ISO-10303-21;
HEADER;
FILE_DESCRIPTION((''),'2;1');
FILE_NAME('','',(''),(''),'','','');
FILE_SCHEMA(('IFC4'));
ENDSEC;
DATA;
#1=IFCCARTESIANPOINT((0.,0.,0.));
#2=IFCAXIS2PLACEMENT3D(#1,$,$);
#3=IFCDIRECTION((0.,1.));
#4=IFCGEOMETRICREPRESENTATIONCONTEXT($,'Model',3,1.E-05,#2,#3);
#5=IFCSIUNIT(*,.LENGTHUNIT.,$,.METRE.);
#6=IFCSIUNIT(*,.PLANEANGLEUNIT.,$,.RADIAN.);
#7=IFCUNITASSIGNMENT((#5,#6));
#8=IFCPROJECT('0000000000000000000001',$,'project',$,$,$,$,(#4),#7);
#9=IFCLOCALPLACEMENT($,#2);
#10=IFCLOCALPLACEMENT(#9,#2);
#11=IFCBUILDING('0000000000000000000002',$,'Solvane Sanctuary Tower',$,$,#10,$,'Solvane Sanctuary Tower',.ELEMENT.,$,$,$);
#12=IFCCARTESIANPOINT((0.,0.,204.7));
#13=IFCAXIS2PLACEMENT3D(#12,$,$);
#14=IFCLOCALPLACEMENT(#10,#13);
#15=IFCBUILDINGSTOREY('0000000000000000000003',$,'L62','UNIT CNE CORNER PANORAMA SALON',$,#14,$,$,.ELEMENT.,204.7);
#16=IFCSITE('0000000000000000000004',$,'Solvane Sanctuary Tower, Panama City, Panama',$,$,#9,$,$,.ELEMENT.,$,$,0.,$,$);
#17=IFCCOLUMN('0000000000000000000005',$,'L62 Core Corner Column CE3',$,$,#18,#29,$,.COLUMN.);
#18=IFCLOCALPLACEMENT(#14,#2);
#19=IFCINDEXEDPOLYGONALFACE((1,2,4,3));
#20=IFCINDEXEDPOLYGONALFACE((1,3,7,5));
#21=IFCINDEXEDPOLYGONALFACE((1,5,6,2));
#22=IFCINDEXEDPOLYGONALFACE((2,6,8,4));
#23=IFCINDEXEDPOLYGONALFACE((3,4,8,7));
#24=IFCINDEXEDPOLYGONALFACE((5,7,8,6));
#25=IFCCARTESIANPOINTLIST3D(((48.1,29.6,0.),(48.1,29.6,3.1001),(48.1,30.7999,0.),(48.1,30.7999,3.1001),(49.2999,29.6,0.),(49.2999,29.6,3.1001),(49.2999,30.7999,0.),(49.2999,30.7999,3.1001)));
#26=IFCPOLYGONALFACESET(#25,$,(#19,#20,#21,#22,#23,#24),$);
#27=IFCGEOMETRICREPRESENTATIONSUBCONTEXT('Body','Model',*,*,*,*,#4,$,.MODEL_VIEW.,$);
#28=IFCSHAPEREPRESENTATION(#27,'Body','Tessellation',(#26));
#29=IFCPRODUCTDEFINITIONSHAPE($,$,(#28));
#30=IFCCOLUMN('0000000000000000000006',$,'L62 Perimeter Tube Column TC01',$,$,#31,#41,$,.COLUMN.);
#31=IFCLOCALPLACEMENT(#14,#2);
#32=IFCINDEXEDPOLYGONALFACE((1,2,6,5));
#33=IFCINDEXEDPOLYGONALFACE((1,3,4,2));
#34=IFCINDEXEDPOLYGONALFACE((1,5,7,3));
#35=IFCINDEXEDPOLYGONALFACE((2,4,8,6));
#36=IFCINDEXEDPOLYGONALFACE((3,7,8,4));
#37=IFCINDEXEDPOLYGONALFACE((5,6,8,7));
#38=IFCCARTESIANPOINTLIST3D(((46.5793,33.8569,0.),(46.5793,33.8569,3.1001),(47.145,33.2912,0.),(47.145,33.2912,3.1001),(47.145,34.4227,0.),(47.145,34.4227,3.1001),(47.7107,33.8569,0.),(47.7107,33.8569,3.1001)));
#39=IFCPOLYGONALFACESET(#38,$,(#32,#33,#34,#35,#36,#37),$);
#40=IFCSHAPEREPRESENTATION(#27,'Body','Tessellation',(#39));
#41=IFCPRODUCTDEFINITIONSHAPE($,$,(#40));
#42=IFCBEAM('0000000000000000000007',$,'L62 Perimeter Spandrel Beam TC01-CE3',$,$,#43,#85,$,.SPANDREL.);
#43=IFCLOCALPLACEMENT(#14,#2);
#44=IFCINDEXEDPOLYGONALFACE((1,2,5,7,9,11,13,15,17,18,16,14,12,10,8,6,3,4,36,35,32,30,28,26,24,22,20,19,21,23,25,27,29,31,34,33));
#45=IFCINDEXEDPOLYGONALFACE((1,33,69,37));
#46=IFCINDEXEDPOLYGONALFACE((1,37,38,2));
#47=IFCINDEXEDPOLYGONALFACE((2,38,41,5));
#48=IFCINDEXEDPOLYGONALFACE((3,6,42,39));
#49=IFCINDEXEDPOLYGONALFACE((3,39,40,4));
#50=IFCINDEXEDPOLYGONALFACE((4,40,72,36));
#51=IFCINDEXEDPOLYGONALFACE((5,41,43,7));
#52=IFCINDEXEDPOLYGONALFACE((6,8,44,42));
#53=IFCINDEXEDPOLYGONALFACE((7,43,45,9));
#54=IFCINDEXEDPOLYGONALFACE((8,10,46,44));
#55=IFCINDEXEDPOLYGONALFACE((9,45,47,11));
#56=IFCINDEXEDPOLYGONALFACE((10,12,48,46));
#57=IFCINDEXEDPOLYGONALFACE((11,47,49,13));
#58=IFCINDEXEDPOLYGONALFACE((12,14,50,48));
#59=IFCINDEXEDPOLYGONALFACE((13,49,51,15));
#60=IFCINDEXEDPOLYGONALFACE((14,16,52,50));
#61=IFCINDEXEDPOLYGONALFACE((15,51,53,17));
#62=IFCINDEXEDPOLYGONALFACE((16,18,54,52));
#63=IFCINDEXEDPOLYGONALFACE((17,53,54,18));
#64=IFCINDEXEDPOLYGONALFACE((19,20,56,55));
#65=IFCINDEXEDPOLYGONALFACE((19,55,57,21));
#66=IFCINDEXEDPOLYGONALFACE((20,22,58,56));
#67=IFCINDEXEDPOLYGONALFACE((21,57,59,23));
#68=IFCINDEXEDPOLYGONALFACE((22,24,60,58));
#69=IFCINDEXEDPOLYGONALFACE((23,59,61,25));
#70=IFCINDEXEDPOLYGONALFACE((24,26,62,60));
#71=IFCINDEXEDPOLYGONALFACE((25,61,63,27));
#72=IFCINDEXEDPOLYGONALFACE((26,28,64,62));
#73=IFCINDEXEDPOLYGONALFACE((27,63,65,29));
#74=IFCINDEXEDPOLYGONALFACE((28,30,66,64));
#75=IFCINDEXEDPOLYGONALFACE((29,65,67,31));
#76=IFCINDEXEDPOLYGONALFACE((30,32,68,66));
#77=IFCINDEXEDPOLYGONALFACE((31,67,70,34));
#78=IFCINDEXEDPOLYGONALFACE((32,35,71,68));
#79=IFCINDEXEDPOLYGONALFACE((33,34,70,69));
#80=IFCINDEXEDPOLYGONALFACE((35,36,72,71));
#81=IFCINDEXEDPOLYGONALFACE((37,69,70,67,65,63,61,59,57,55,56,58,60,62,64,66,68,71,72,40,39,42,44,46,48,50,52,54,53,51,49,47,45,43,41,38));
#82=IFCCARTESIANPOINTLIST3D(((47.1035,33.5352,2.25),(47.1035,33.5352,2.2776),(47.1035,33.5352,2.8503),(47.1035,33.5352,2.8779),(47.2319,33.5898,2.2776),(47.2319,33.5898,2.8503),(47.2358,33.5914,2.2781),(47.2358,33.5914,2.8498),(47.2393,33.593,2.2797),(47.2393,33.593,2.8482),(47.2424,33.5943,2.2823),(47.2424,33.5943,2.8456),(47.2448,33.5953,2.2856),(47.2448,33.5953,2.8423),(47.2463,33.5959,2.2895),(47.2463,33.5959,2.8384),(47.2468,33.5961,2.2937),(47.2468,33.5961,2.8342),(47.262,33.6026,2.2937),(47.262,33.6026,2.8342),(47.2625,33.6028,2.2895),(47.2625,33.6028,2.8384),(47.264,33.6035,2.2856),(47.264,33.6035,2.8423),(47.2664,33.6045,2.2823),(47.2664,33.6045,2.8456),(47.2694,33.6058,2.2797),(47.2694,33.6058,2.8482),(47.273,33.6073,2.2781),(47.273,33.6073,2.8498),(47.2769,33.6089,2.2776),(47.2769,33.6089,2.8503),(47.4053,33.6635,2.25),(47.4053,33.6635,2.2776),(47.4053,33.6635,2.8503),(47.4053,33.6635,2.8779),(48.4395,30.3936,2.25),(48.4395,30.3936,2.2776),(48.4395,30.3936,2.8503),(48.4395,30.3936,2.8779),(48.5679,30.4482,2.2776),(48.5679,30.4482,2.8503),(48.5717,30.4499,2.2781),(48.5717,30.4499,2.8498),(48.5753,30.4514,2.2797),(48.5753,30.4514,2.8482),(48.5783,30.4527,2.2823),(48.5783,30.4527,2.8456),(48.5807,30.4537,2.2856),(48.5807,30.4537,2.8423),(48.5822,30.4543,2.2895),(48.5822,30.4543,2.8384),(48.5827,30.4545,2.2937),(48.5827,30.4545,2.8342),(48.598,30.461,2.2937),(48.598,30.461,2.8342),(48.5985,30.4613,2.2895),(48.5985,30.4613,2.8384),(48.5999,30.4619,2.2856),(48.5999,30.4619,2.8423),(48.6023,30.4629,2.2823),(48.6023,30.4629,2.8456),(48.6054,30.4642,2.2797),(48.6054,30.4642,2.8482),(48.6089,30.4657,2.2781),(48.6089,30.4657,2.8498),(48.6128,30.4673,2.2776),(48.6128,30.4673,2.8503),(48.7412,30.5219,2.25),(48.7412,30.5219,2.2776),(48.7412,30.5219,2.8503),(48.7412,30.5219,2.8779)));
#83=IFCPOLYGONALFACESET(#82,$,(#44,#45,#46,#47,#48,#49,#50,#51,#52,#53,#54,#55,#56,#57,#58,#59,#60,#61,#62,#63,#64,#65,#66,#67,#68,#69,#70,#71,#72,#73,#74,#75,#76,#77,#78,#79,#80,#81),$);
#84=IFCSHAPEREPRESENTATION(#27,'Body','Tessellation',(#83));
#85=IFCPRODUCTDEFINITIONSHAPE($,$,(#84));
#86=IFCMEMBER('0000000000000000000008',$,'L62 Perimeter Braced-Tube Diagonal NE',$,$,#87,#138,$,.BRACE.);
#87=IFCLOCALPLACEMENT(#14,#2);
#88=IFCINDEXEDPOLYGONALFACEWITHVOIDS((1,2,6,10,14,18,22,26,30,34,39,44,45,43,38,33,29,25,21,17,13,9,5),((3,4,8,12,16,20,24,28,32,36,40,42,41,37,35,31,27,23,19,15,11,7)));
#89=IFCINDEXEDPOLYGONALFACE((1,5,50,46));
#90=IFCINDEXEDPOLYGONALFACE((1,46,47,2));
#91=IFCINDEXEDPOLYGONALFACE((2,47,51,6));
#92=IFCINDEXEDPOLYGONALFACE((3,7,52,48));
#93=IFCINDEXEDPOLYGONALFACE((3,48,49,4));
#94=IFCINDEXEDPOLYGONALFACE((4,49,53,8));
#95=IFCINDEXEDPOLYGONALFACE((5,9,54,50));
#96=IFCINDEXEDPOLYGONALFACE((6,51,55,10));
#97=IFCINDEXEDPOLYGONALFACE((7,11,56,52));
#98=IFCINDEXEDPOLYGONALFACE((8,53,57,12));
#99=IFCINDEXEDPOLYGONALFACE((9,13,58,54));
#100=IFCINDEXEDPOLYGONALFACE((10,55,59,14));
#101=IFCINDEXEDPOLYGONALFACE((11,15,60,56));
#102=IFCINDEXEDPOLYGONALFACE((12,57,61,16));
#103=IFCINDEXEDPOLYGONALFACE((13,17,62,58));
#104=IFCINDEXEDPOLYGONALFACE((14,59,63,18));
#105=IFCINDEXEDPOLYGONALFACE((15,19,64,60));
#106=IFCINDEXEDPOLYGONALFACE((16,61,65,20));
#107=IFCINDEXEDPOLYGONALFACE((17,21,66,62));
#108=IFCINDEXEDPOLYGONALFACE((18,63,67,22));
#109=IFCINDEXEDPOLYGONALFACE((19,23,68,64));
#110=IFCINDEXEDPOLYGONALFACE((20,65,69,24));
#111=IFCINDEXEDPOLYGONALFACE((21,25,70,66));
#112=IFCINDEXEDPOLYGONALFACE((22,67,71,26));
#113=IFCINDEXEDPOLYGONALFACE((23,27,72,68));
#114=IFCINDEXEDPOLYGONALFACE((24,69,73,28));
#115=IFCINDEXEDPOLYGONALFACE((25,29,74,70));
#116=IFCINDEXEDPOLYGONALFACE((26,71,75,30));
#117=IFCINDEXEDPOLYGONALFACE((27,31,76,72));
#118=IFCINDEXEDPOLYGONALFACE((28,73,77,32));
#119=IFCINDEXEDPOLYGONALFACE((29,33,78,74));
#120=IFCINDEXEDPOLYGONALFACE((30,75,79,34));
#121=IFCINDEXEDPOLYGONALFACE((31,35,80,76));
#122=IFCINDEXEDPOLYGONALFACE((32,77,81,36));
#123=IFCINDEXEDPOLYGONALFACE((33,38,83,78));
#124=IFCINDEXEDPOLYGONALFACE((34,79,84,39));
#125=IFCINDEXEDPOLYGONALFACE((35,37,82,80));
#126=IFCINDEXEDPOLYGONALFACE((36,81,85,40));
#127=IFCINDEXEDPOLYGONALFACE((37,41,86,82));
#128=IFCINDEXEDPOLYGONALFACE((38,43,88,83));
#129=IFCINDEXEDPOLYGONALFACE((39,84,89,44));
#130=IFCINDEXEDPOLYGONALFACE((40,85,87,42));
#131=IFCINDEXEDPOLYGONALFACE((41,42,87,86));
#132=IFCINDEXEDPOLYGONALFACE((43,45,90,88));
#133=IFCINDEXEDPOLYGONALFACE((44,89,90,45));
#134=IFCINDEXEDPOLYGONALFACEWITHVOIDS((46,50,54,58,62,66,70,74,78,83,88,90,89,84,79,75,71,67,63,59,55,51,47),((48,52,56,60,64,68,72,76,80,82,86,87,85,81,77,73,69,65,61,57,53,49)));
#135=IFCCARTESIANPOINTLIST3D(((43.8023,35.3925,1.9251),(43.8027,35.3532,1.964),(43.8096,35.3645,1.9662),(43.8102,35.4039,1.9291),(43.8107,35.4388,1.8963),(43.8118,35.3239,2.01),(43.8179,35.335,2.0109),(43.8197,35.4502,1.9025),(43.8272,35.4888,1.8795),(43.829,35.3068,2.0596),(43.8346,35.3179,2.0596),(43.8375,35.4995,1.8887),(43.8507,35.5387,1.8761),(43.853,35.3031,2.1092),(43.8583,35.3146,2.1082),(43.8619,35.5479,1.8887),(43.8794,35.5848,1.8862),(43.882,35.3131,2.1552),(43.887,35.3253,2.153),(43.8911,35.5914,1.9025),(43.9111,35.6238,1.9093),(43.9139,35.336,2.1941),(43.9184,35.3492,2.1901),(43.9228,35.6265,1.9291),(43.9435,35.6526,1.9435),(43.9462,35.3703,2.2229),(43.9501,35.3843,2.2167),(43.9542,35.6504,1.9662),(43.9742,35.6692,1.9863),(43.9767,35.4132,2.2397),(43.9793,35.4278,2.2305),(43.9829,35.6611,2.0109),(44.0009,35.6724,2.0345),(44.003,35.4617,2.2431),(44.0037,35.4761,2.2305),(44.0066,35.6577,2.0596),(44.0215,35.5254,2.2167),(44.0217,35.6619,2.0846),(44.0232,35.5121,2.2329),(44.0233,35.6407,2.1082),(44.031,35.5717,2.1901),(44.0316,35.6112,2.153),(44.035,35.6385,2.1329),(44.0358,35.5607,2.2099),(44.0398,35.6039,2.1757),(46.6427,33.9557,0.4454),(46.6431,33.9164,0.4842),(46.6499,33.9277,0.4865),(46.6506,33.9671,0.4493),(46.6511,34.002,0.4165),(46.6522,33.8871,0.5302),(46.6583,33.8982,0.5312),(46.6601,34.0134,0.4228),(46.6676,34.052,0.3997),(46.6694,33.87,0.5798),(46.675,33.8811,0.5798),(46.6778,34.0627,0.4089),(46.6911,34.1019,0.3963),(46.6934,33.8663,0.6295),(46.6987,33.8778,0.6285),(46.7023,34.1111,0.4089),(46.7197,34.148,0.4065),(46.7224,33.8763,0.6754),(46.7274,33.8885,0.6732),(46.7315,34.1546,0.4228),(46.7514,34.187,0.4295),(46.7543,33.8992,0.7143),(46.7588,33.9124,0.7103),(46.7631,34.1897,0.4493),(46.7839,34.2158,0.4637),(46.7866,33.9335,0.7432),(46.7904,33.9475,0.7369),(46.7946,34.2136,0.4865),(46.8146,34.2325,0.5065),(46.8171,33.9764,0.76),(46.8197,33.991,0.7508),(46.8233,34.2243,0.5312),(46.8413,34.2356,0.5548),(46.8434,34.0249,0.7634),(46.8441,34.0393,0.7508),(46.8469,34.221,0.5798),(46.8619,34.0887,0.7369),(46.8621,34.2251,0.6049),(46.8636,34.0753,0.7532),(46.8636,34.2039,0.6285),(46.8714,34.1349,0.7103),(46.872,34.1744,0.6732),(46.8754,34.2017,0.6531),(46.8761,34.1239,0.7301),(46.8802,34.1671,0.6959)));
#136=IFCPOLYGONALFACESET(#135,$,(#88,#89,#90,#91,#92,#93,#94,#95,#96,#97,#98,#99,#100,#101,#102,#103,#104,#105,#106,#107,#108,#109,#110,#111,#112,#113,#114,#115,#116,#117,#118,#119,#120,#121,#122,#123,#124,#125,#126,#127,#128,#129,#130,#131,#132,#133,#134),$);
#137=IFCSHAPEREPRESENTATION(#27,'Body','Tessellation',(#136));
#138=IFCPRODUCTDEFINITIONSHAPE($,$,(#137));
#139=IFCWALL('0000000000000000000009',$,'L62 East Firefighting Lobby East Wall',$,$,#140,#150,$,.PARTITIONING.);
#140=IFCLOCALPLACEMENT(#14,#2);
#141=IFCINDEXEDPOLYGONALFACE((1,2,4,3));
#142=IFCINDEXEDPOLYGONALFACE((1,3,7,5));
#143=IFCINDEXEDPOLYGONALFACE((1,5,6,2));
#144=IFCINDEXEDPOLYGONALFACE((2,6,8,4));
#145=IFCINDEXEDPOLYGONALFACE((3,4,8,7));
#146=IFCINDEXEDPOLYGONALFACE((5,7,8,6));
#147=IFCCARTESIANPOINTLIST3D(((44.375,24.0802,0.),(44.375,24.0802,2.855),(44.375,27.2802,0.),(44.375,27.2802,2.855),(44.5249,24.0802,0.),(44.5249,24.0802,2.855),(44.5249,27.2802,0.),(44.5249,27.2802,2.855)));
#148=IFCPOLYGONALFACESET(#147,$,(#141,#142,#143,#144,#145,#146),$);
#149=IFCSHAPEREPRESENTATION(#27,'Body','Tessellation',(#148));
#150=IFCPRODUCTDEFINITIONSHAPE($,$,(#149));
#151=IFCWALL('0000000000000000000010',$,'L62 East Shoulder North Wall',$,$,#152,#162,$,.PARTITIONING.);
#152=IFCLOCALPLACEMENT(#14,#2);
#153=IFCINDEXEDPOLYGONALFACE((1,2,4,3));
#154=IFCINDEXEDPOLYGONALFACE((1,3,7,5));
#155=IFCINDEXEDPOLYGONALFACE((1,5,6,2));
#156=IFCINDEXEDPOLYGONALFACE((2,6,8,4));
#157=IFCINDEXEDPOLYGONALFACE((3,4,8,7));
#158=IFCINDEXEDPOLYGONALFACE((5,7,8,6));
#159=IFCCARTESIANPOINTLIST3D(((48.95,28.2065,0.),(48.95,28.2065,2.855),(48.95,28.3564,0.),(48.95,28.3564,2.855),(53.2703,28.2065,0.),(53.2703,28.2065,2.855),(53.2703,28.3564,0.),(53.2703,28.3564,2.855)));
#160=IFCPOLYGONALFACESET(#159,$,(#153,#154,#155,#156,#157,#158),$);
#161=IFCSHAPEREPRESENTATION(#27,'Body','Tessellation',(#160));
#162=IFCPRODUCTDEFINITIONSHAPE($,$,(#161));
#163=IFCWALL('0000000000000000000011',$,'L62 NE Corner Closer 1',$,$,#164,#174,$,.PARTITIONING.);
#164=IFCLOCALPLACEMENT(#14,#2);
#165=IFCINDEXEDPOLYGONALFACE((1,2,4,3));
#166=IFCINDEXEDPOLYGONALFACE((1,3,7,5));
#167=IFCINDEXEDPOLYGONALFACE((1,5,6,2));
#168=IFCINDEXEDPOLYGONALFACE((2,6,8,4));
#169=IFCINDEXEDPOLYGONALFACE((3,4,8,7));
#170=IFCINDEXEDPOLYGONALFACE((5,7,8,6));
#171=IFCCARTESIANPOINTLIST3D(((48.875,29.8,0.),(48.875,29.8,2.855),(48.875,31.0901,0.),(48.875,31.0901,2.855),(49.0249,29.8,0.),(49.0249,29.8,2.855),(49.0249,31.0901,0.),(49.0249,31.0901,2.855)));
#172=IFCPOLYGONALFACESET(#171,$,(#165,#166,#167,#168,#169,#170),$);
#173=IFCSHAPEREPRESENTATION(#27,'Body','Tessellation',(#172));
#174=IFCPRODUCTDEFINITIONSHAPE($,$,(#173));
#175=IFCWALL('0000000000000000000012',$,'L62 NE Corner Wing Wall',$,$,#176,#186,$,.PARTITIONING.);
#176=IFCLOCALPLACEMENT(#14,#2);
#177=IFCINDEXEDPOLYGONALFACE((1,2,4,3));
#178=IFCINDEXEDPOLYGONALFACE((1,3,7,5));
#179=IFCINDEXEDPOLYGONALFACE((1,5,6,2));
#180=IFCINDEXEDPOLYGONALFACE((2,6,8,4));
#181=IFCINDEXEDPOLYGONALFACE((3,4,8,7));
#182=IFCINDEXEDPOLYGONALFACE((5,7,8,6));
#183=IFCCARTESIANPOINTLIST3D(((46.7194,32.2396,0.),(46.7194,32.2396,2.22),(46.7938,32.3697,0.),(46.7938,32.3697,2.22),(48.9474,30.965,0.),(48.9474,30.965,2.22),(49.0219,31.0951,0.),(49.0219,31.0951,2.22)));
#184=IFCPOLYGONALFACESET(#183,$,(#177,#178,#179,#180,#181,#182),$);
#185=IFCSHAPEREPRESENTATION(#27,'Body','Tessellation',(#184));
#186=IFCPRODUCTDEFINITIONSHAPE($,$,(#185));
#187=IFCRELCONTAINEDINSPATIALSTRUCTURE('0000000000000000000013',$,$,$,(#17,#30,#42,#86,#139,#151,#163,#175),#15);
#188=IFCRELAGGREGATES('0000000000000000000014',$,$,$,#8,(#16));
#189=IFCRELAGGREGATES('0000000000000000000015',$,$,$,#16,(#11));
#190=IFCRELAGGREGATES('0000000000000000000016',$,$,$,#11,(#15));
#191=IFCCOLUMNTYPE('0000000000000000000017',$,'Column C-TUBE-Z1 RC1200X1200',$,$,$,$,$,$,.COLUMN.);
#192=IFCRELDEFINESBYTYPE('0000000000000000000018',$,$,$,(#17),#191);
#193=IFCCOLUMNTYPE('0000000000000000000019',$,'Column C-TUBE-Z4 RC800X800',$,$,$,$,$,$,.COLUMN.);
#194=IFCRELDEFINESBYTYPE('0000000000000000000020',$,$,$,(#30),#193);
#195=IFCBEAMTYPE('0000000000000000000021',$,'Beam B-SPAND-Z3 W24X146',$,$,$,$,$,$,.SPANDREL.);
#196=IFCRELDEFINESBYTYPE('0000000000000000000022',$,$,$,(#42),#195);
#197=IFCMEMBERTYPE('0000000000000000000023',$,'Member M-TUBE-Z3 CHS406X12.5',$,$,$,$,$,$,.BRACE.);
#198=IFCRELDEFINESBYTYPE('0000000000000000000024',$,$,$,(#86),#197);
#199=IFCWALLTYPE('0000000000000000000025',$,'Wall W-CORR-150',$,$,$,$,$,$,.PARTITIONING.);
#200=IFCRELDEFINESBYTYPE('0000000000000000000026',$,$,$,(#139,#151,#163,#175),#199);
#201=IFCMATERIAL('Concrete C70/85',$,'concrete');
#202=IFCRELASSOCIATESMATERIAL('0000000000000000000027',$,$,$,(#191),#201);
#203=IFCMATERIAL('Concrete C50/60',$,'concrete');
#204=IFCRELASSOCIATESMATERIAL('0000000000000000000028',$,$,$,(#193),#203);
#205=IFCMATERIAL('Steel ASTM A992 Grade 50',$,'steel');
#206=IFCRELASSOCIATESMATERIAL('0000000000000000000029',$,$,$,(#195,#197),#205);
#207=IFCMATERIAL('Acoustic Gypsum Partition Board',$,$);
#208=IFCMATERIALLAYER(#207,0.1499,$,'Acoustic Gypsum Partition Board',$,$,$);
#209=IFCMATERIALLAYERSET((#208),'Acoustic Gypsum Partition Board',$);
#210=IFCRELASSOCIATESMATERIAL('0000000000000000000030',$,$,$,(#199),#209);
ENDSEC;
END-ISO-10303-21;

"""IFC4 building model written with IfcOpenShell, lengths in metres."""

from ifc_helpers import new_model, si_unit, direction, frame, frame_2d, origin, origin_2d, place, context, subcontext, project, spatial, rectangle, hollow_circle, i_section, extrude, material, layer, layer_set, material_profile, profile_set, type_object, element, save


model = new_model("IFC4")

# Units and contexts
model_context = context("Model", 3, precision=1e-05, world=origin(), true_north=direction((0.0, 1.0)))
body_context = subcontext(model_context, "Body", "Model", "MODEL_VIEW")
ifc_project = project(units=[si_unit("LENGTHUNIT", "METRE"), si_unit("PLANEANGLEUNIT", "RADIAN")], contexts=[model_context])

# Site, building, storey
site_placement = place(None, origin())
site = spatial("IfcSite", under=ifc_project, at=site_placement, Name="Solvane Sanctuary Tower, Panama City, Panama", CompositionType="ELEMENT", RefElevation=0.0)
building_placement = place(site_placement, origin())
building = spatial("IfcBuilding", under=site, at=building_placement, Name="Solvane Sanctuary Tower", LongName="Solvane Sanctuary Tower", CompositionType="ELEMENT")
storey_placement = place(building_placement, frame((0.0, 0.0, 204.7)))
storey = spatial("IfcBuildingStorey", under=building, at=storey_placement, Name="L62", Description="UNIT CNE CORNER PANORAMA SALON", CompositionType="ELEMENT", Elevation=204.7)

# Columns
ifc_material_1 = material(Name="Concrete C70/85", Category="concrete")
ifc_material_profile_1 = material_profile(ifc_material_1, rectangle(XDim=1.2, YDim=1.2, at=origin_2d()), Name="RC1200X1200")
ifc_profile_set_1 = profile_set([ifc_material_profile_1], Name="Concrete C70/85")
column_type_1 = type_object("IfcColumnType", Name="Column C-TUBE-Z1 RC1200X1200", PredefinedType="COLUMN", material=ifc_profile_set_1)
column_1_placement = place(storey_placement, frame((48.7, 30.2, 0.0), z_axis=(0.0, 0.0, 1.0), x_axis=(1.0, 0.0, 0.0)))
element("IfcColumn", 1, at=column_1_placement, inside=storey, type_object=column_type_1, Name="L62 Core Corner Column CE3", PredefinedType="COLUMN", context=body_context, shape_type="SweptSolid", body=[
    extrude(rectangle(XDim=1.2, YDim=1.2, at=origin_2d()), origin(), (0.0, 0.0, 1.0), 3.1001),
])
ifc_material_2 = material(Name="Concrete C50/60", Category="concrete")
ifc_material_profile_2 = material_profile(ifc_material_2, rectangle(XDim=0.8, YDim=0.8, at=origin_2d()), Name="RC800X800")
ifc_profile_set_2 = profile_set([ifc_material_profile_2], Name="Concrete C50/60")
column_type_2 = type_object("IfcColumnType", Name="Column C-TUBE-Z4 RC800X800", PredefinedType="COLUMN", material=ifc_profile_set_2)
column_2_placement = place(storey_placement, frame((47.145, 33.8569, 0.0), z_axis=(0.0, 0.0, 1.0), x_axis=(0.707107, 0.707107, 0.0)))
element("IfcColumn", 2, at=column_2_placement, inside=storey, type_object=column_type_2, Name="L62 Perimeter Tube Column TC01", PredefinedType="COLUMN", context=body_context, shape_type="SweptSolid", body=[
    extrude(rectangle(XDim=0.8, YDim=0.8, at=origin_2d()), origin(), (0.0, 0.0, 1.0), 3.1001),
])

# Beam
ifc_material_3 = material(Name="Steel ASTM A992 Grade 50", Category="steel")
ifc_material_profile_3 = material_profile(ifc_material_3, i_section(OverallWidth=0.3279, OverallDepth=0.6279, WebThickness=0.0166, FlangeThickness=0.0276, FilletRadius=0.0161, at=origin_2d()), Name="W24X146")
ifc_profile_set_3 = profile_set([ifc_material_profile_3], Name="Steel ASTM A992 Grade 50")
beam_type = type_object("IfcBeamType", Name="Beam B-SPAND-Z3 W24X146", PredefinedType="SPANDREL", material=ifc_profile_set_3)
beam_placement = place(storey_placement, frame((47.2544, 33.5994, 2.564), z_axis=(0.391328, -0.920251, 0.0), x_axis=(0.920251, 0.391328, 0.0)))
element("IfcBeam", 3, at=beam_placement, inside=storey, type_object=beam_type, Name="L62 Perimeter Spandrel Beam TC01-CE3", PredefinedType="SPANDREL", context=body_context, shape_type="SweptSolid", body=[
    extrude(i_section(OverallWidth=0.3279, OverallDepth=0.6279, WebThickness=0.0166, FlangeThickness=0.0276, FilletRadius=0.0161, at=origin_2d()), origin(), (0.0, 0.0, 1.0), 3.4138),
])

# Member
ifc_material_profile_4 = material_profile(ifc_material_3, hollow_circle(Radius=0.2029, WallThickness=0.0125, at=origin_2d()), Name="CHS406X12.5")
ifc_profile_set_4 = profile_set([ifc_material_profile_4], Name="Steel ASTM A992 Grade 50")
member_type = type_object("IfcMemberType", Name="Member M-TUBE-Z3 CHS406X12.5", PredefinedType="BRACE", material=ifc_profile_set_4)
member_placement = place(storey_placement, frame((46.761, 34.051, 0.5798), z_axis=(-0.809168, 0.409314, 0.421555), x_axis=(-0.451381, -0.892331, 0.0)))
element("IfcMember", 4, at=member_placement, inside=storey, type_object=member_type, Name="L62 Perimeter Braced-Tube Diagonal NE", PredefinedType="BRACE", context=body_context, shape_type="SweptSolid", body=[
    extrude(hollow_circle(Radius=0.2029, WallThickness=0.0125, at=origin_2d()), origin(), (0.0, 0.0, 1.0), 3.5103),
])

# Walls
ifc_material_4 = material(Name="Acoustic Gypsum Partition Board")
ifc_layer_1 = layer(ifc_material_4, 0.1499, Name="Acoustic Gypsum Partition Board")
ifc_layer_set_1 = layer_set([ifc_layer_1], Name="Acoustic Gypsum Partition Board")
wall_type_1 = type_object("IfcWallType", Name="Wall W-CORR-150", PredefinedType="PARTITIONING", material=ifc_layer_set_1)
wall_1_placement = place(storey_placement, frame((44.45, 24.0801, 0.0), z_axis=(0.0, 0.0, 1.0), x_axis=(0.0, 1.0, 0.0)))
element("IfcWall", 5, at=wall_1_placement, inside=storey, type_object=wall_type_1, Name="L62 East Firefighting Lobby East Wall", PredefinedType="PARTITIONING", context=body_context, shape_type="SweptSolid", body=[
    extrude(rectangle(XDim=3.2, YDim=0.1499, at=frame_2d((1.6001, 0.0))), origin(), (0.0, 0.0, 1.0), 2.855),
])
wall_2_placement = place(storey_placement, frame((48.95, 28.2815, 0.0), z_axis=(0.0, 0.0, 1.0), x_axis=(1.0, 0.0, 0.0)))
element("IfcWall", 6, at=wall_2_placement, inside=storey, type_object=wall_type_1, Name="L62 East Shoulder North Wall", PredefinedType="PARTITIONING", context=body_context, shape_type="SweptSolid", body=[
    extrude(rectangle(XDim=4.3203, YDim=0.1499, at=frame_2d((2.1602, 0.0))), origin(), (0.0, 0.0, 1.0), 2.855),
])
wall_3_placement = place(storey_placement, frame((48.95, 29.8, 0.0), z_axis=(0.0, 0.0, 1.0), x_axis=(0.0, 1.0, 0.0)))
element("IfcWall", 7, at=wall_3_placement, inside=storey, type_object=wall_type_1, Name="L62 NE Corner Closer 1", PredefinedType="PARTITIONING", context=body_context, shape_type="SweptSolid", body=[
    extrude(rectangle(XDim=1.29, YDim=0.1499, at=frame_2d((0.645, 0.0))), origin(), (0.0, 0.0, 1.0), 2.855),
])
wall_4_placement = place(storey_placement, frame((46.7566, 32.3047, 0.0), z_axis=(0.0, 0.0, 1.0), x_axis=(0.867991, -0.496579, 0.0)))
element("IfcWall", 8, at=wall_4_placement, inside=storey, type_object=wall_type_1, Name="L62 NE Corner Wing Wall", PredefinedType="PARTITIONING", context=body_context, shape_type="SweptSolid", body=[
    extrude(rectangle(XDim=2.5669, YDim=0.1499, at=frame_2d((1.2834, 0.0))), origin(), (0.0, 0.0, 1.0), 2.22),
])

save(model, "model.ifc")
